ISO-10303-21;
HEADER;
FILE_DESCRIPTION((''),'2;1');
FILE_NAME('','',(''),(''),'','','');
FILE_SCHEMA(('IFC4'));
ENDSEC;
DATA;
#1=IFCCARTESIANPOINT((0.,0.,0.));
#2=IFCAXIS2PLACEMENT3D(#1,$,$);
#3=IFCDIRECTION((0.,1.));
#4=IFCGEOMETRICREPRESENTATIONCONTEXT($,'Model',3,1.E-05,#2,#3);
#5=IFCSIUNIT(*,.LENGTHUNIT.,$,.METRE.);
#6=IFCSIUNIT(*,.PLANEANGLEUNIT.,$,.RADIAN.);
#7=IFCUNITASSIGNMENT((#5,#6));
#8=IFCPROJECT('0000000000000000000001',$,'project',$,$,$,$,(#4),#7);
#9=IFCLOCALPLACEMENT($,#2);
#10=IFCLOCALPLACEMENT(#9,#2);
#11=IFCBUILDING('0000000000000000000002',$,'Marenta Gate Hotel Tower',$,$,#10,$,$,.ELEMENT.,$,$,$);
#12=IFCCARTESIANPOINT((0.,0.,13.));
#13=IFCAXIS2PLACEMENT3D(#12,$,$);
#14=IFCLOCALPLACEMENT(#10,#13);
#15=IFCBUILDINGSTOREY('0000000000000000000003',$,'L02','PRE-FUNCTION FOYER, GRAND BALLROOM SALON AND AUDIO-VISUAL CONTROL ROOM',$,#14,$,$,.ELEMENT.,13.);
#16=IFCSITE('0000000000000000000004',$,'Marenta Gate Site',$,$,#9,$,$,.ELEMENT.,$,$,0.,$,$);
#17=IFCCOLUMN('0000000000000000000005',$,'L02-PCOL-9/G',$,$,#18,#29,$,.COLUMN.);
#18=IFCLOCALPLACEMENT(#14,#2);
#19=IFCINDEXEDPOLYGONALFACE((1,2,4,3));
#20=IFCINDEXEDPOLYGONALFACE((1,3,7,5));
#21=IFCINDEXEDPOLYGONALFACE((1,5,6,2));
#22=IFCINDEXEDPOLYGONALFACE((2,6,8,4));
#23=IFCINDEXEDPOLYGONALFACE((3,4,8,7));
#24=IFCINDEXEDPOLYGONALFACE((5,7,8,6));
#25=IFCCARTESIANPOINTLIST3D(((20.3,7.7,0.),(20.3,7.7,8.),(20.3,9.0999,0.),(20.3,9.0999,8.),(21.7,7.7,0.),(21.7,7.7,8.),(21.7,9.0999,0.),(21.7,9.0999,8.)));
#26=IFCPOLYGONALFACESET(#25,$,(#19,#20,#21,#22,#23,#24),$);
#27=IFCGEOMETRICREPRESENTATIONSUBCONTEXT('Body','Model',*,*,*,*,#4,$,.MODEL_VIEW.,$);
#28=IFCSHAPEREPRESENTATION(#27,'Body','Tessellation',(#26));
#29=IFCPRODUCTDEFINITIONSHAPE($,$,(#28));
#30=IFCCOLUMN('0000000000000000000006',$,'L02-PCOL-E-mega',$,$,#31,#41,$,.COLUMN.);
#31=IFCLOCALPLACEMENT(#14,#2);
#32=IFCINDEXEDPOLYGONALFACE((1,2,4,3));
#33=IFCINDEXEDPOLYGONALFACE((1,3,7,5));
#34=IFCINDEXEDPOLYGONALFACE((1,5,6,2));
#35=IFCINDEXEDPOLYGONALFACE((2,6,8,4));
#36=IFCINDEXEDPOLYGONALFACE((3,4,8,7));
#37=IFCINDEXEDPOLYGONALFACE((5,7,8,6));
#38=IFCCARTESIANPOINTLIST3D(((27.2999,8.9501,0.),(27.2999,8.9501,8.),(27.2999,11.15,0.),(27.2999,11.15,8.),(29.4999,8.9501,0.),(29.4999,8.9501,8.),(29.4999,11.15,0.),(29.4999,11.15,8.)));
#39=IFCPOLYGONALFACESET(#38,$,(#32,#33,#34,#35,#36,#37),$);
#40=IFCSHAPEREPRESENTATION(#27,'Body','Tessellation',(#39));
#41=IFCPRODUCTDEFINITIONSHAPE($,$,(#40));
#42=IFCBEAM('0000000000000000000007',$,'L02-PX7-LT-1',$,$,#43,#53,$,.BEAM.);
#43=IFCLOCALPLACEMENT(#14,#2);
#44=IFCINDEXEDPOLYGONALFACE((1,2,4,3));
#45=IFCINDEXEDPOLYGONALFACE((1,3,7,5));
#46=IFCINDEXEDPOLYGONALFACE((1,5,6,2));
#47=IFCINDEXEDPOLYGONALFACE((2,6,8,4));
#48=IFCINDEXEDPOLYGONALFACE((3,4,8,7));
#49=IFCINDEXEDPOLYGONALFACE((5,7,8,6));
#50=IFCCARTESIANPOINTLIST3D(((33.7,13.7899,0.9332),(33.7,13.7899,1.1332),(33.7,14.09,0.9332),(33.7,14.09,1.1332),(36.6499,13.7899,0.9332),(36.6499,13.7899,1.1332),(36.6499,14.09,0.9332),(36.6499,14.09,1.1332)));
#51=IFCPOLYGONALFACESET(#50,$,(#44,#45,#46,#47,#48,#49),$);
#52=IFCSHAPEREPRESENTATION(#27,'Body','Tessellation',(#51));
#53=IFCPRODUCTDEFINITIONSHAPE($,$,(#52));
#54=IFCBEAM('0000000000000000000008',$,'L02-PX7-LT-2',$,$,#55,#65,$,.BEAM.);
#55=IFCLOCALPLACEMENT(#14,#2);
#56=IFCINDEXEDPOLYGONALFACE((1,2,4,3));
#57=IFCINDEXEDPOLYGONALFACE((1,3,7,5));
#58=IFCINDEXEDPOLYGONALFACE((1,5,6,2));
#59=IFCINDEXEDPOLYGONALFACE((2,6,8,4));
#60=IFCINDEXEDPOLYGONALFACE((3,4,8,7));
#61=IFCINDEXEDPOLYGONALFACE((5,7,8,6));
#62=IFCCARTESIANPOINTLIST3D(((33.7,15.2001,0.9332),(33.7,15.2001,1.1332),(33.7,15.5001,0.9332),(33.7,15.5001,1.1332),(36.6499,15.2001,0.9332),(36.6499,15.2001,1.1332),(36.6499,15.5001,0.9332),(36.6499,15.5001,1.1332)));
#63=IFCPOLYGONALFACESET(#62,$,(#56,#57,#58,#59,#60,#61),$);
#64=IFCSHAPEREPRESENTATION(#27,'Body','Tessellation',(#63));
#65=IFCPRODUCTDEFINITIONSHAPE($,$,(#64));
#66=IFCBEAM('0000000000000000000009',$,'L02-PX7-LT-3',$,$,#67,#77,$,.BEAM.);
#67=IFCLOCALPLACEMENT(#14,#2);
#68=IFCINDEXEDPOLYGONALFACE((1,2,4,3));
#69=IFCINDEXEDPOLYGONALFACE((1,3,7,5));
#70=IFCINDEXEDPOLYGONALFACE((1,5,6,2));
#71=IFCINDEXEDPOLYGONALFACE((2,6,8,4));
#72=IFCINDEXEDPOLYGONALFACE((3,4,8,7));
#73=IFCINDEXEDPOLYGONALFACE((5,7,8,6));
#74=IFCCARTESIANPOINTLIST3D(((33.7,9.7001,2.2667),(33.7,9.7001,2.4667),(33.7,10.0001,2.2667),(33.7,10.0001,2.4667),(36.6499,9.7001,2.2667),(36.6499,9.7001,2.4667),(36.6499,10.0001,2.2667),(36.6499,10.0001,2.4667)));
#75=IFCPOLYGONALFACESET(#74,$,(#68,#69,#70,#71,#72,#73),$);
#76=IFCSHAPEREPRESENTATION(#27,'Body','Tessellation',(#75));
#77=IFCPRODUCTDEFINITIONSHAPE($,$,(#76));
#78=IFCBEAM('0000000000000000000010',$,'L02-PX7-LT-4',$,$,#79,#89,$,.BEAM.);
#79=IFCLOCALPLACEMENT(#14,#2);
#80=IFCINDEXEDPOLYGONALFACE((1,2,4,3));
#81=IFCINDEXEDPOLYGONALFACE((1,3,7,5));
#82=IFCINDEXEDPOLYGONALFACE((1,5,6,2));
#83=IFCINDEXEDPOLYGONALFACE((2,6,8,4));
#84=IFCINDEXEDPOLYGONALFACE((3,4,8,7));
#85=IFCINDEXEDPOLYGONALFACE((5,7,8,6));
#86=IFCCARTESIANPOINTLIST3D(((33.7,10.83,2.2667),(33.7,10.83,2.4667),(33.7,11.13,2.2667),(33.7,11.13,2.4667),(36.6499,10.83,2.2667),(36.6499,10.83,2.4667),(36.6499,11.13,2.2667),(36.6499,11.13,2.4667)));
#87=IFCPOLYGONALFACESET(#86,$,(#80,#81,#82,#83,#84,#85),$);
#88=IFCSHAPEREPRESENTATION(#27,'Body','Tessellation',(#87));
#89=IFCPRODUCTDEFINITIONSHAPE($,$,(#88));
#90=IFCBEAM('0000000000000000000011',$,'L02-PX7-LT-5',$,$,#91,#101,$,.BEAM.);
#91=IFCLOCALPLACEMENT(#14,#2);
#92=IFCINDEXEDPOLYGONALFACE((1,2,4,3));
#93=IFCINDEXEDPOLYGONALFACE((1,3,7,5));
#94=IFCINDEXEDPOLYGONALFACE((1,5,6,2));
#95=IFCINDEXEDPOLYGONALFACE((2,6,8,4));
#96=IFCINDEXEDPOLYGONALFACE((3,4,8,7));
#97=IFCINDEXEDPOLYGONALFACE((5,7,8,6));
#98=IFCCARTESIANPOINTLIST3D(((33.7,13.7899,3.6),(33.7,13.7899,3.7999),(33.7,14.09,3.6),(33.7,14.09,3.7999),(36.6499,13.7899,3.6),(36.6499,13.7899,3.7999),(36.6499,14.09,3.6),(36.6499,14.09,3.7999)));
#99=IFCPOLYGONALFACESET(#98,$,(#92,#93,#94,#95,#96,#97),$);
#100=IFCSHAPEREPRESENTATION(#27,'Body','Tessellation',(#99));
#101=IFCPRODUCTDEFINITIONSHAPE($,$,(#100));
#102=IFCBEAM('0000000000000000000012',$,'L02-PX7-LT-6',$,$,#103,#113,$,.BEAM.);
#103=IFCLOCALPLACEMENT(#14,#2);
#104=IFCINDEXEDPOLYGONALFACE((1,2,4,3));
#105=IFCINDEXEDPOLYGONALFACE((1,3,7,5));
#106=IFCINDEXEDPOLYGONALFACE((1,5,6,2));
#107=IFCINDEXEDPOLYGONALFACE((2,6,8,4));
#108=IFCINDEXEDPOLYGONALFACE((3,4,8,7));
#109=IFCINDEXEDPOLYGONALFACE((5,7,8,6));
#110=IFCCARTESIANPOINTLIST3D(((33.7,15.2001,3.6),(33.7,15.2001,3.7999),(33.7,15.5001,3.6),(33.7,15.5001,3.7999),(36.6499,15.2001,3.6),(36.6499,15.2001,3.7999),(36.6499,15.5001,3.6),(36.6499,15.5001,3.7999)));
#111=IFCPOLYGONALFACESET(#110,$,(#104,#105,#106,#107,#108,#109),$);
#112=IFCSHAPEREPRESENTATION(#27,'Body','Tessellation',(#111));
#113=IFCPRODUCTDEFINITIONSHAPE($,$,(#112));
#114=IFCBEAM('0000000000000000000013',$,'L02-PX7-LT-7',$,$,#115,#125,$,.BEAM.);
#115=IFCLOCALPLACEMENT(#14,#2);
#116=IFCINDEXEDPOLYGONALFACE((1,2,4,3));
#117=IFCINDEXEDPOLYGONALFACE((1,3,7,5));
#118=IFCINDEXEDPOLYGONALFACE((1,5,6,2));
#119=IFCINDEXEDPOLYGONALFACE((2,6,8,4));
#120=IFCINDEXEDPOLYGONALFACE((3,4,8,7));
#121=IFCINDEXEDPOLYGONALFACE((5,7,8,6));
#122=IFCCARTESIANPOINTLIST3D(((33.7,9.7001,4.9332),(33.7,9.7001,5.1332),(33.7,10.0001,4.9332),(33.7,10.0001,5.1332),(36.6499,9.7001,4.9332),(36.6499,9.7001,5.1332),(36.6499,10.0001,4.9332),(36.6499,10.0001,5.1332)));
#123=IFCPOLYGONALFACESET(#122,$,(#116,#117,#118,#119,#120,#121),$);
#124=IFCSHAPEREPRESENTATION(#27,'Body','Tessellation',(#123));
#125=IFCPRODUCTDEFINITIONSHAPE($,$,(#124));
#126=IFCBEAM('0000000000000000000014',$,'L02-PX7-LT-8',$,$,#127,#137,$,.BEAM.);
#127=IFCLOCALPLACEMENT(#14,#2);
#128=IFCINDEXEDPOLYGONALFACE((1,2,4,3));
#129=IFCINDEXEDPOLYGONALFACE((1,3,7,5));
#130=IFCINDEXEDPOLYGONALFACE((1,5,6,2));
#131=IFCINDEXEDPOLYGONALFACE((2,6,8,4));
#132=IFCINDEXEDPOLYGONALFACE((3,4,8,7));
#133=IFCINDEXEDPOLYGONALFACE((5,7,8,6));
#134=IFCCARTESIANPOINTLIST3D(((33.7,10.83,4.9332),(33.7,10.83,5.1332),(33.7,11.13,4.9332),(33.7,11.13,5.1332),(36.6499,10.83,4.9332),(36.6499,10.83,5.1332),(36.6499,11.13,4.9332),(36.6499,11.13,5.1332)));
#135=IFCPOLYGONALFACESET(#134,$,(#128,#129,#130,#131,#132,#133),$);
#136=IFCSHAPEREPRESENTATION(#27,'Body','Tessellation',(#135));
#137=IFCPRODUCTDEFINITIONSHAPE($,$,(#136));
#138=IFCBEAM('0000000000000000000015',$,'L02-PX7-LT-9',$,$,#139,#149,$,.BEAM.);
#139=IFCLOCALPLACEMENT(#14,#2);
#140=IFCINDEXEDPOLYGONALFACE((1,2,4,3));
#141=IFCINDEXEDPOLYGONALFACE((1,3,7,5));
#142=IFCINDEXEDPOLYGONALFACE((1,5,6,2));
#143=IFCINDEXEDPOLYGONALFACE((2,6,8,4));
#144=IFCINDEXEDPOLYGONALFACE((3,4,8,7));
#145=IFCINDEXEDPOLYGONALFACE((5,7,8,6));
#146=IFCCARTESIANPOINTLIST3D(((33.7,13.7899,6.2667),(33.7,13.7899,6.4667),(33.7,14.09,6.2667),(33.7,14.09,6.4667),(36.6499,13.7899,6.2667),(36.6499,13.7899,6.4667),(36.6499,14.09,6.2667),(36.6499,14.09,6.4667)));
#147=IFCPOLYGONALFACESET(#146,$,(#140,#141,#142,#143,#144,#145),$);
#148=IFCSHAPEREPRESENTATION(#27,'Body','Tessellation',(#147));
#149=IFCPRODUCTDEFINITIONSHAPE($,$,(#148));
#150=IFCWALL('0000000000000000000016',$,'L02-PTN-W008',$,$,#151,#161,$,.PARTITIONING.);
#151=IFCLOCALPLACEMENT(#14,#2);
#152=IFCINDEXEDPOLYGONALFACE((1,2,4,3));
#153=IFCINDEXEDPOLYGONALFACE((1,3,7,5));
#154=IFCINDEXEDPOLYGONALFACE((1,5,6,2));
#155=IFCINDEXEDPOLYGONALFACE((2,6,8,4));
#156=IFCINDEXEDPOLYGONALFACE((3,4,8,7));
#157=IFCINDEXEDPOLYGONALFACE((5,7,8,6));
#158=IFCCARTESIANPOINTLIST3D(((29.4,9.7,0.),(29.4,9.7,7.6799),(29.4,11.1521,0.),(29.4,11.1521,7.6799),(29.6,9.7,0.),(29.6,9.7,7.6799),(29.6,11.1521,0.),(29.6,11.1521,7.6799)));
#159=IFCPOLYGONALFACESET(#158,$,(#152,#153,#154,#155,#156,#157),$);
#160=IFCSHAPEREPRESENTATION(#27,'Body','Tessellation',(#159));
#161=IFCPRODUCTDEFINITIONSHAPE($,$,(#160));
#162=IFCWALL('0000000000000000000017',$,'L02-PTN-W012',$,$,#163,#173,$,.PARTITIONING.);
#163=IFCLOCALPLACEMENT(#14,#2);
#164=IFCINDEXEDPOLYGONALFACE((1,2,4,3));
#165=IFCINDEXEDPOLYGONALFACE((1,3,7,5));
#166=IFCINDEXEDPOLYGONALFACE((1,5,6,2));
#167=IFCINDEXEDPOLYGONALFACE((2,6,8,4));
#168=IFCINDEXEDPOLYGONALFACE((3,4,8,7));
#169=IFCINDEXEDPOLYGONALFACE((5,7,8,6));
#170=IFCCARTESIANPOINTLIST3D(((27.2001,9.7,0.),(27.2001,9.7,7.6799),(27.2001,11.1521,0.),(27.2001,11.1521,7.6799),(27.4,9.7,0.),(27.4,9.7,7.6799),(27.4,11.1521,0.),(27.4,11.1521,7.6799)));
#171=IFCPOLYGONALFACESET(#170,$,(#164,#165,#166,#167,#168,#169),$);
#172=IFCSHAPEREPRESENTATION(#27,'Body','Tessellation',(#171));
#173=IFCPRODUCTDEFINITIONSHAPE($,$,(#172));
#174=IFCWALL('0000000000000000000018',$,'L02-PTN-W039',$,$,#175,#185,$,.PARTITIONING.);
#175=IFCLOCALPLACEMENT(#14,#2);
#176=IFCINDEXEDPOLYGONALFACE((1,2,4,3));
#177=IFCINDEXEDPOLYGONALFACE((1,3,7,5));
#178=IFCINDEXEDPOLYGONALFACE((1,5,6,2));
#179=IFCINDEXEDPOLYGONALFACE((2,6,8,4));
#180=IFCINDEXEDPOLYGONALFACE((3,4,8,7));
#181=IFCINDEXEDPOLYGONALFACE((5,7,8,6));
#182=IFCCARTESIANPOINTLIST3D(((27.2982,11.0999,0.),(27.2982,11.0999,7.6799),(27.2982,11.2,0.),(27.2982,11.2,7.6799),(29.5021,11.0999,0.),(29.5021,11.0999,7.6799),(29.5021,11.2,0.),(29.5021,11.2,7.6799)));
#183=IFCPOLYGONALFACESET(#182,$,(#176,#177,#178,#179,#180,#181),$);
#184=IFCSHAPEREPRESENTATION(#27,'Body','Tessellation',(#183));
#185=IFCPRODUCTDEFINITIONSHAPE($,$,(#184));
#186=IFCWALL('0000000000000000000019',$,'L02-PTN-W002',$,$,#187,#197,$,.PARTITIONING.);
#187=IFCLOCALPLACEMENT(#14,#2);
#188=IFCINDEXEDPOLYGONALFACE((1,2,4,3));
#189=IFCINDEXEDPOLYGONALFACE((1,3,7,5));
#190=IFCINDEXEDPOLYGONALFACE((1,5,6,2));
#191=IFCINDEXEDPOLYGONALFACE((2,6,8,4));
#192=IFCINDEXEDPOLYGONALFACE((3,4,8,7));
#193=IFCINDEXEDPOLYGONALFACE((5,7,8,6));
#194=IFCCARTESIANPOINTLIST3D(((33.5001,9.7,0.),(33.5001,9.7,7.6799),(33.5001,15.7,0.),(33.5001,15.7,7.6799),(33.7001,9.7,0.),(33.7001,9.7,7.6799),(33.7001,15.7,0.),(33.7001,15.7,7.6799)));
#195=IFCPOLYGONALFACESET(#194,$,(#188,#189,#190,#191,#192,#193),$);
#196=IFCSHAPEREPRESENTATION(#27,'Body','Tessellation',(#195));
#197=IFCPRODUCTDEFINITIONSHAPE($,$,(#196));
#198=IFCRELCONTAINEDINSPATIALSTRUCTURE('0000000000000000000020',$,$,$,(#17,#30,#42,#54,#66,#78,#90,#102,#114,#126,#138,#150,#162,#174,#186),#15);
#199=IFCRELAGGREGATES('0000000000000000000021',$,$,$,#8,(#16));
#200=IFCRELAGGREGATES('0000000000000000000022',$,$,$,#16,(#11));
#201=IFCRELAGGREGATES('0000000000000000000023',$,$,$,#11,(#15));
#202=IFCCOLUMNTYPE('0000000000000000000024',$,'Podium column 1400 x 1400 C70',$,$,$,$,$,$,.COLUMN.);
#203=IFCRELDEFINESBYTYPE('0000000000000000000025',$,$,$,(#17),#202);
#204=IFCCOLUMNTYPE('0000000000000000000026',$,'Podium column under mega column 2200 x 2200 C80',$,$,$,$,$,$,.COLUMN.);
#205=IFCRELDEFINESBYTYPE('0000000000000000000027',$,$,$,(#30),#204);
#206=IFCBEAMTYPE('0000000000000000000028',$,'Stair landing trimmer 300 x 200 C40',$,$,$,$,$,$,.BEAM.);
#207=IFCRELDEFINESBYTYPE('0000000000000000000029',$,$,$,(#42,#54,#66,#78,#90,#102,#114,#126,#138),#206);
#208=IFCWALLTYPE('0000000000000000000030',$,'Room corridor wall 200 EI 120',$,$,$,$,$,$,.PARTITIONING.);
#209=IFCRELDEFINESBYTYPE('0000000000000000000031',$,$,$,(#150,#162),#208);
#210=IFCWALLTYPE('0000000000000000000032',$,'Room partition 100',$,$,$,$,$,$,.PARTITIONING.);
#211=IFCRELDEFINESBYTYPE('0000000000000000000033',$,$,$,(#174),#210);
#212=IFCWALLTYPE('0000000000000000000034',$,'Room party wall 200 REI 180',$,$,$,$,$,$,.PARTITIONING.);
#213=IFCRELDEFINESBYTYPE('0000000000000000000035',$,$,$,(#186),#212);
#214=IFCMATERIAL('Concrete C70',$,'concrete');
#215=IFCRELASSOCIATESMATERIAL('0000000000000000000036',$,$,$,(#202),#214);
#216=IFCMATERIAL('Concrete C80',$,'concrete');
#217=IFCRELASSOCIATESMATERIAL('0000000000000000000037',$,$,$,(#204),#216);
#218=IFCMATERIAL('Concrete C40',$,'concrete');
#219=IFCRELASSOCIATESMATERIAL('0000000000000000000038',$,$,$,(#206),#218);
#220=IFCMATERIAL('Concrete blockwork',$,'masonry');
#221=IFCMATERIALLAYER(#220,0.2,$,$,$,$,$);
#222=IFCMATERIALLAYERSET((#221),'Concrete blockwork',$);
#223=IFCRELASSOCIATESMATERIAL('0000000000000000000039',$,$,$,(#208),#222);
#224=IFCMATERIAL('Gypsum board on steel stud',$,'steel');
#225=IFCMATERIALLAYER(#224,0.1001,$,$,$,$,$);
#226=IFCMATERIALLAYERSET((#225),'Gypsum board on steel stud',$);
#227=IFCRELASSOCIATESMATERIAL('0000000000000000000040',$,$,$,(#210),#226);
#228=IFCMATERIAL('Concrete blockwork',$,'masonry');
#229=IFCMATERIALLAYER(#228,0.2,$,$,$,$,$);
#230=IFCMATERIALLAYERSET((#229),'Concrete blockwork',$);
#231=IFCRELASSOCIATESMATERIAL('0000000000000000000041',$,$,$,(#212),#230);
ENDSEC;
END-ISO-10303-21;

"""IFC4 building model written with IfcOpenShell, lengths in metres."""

from ifc_helpers import new_model, si_unit, direction, frame, frame_2d, origin, origin_2d, place, context, subcontext, project, spatial, rectangle, extrude, material, layer, layer_set, material_profile, profile_set, type_object, element, save


model = new_model("IFC4")

# Units and contexts
model_context = context("Model", 3, precision=1e-05, world=origin(), true_north=direction((0.0, 1.0)))
body_context = subcontext(model_context, "Body", "Model", "MODEL_VIEW")
ifc_project = project(units=[si_unit("LENGTHUNIT", "METRE"), si_unit("PLANEANGLEUNIT", "RADIAN")], contexts=[model_context])

# Site, building, storey
site_placement = place(None, origin())
site = spatial("IfcSite", under=ifc_project, at=site_placement, Name="Marenta Gate Site", CompositionType="ELEMENT", RefElevation=0.0)
building_placement = place(site_placement, origin())
building = spatial("IfcBuilding", under=site, at=building_placement, Name="Marenta Gate Hotel Tower", CompositionType="ELEMENT")
storey_placement = place(building_placement, frame((0.0, 0.0, 13.0)))
storey = spatial("IfcBuildingStorey", under=building, at=storey_placement, Name="L02", Description="PRE-FUNCTION FOYER, GRAND BALLROOM SALON AND AUDIO-VISUAL CONTROL ROOM", CompositionType="ELEMENT", Elevation=13.0)

# Columns
ifc_material_1 = material(Name="Concrete C70", Category="concrete")
ifc_material_profile_1 = material_profile(ifc_material_1, rectangle(XDim=1.3999, YDim=1.3999, at=origin_2d()), Name="1400 x 1400")
ifc_profile_set_1 = profile_set([ifc_material_profile_1], Name="Concrete C70")
column_type_1 = type_object("IfcColumnType", Name="Podium column 1400 x 1400 C70", PredefinedType="COLUMN", material=ifc_profile_set_1)
column_1_placement = place(storey_placement, frame((21.0, 8.3999, 0.0), z_axis=(0.0, 0.0, 1.0), x_axis=(1.0, 0.0, 0.0)))
element("IfcColumn", 1, at=column_1_placement, inside=storey, type_object=column_type_1, Name="L02-PCOL-9/G", PredefinedType="COLUMN", context=body_context, shape_type="SweptSolid", body=[
    extrude(rectangle(XDim=1.3999, YDim=1.3999, at=origin_2d()), origin(), (0.0, 0.0, 1.0), 8.0),
])
ifc_material_2 = material(Name="Concrete C80", Category="concrete")
ifc_material_profile_2 = material_profile(ifc_material_2, rectangle(XDim=2.2, YDim=2.2, at=origin_2d()), Name="2200 x 2200")
ifc_profile_set_2 = profile_set([ifc_material_profile_2], Name="Concrete C80")
column_type_2 = type_object("IfcColumnType", Name="Podium column under mega column 2200 x 2200 C80", PredefinedType="COLUMN", material=ifc_profile_set_2)
column_2_placement = place(storey_placement, frame((28.3999, 10.05, 0.0), z_axis=(0.0, 0.0, 1.0), x_axis=(1.0, 0.0, 0.0)))
element("IfcColumn", 2, at=column_2_placement, inside=storey, type_object=column_type_2, Name="L02-PCOL-E-mega", PredefinedType="COLUMN", context=body_context, shape_type="SweptSolid", body=[
    extrude(rectangle(XDim=2.2, YDim=2.2, at=origin_2d()), origin(), (0.0, 0.0, 1.0), 8.0),
])

# Beams
ifc_material_3 = material(Name="Concrete C40", Category="concrete")
ifc_material_profile_3 = material_profile(ifc_material_3, rectangle(XDim=0.3, YDim=0.2, at=origin_2d()), Name="300 x 200")
ifc_profile_set_3 = profile_set([ifc_material_profile_3], Name="Concrete C40")
beam_type = type_object("IfcBeamType", Name="Stair landing trimmer 300 x 200 C40", PredefinedType="BEAM", material=ifc_profile_set_3)
for number, where, z_axis, x_axis, name in (
    (3, (33.7, 13.9399, 1.0332), (1.0, 0.0, 0.0), (0.0, 1.0, 0.0), "L02-PX7-LT-1"),
    (4, (33.7, 15.3501, 1.0332), (1.0, 0.0, 0.0), (0.0, 1.0, 0.0), "L02-PX7-LT-2"),
    (5, (33.7, 9.8501, 2.3667), (1.0, 0.0, 0.0), (0.0, 1.0, 0.0), "L02-PX7-LT-3"),
    (6, (33.7, 10.98, 2.3667), (1.0, 0.0, 0.0), (0.0, 1.0, 0.0), "L02-PX7-LT-4"),
    (7, (33.7, 13.9399, 3.7), (1.0, 0.0, 0.0), (0.0, 1.0, 0.0), "L02-PX7-LT-5"),
    (8, (33.7, 15.3501, 3.7), (1.0, 0.0, 0.0), (0.0, 1.0, 0.0), "L02-PX7-LT-6"),
    (9, (33.7, 9.8501, 5.0332), (1.0, 0.0, 0.0), (0.0, 1.0, 0.0), "L02-PX7-LT-7"),
    (10, (33.7, 10.98, 5.0332), (1.0, 0.0, 0.0), (0.0, 1.0, 0.0), "L02-PX7-LT-8"),
    (11, (33.7, 13.9399, 6.3667), (1.0, 0.0, 0.0), (0.0, 1.0, 0.0), "L02-PX7-LT-9"),
):
    element("IfcBeam", number, at=place(storey_placement, frame(where, z_axis=z_axis, x_axis=x_axis)), inside=storey, type_object=beam_type, Name=name, PredefinedType="BEAM", context=body_context, shape_type="SweptSolid", body=[
        extrude(rectangle(XDim=0.3, YDim=0.2, at=origin_2d()), origin(), (0.0, 0.0, 1.0), 2.95),
    ])

# Walls
ifc_material_4 = material(Name="Concrete blockwork", Category="masonry")
ifc_layer_1 = layer(ifc_material_4, 0.2)
ifc_layer_set_1 = layer_set([ifc_layer_1], Name="Concrete blockwork")
wall_type_1 = type_object("IfcWallType", Name="Room corridor wall 200 EI 120", PredefinedType="PARTITIONING", material=ifc_layer_set_1)
for number, where, z_axis, x_axis, name in (
    (12, (29.5, 9.7, 0.0), (0.0, 0.0, 1.0), (0.0, 1.0, 0.0), "L02-PTN-W008"),
    (13, (27.3, 9.7, 0.0), (0.0, 0.0, 1.0), (0.0, 1.0, 0.0), "L02-PTN-W012"),
):
    element("IfcWall", number, at=place(storey_placement, frame(where, z_axis=z_axis, x_axis=x_axis)), inside=storey, type_object=wall_type_1, Name=name, PredefinedType="PARTITIONING", context=body_context, shape_type="SweptSolid", body=[
        extrude(rectangle(XDim=1.4521, YDim=0.2, at=frame_2d((0.7261, 0.0))), origin(), (0.0, 0.0, 1.0), 7.6799),
    ])

# Walls
ifc_material_5 = material(Name="Gypsum board on steel stud", Category="steel")
ifc_layer_2 = layer(ifc_material_5, 0.1001)
ifc_layer_set_2 = layer_set([ifc_layer_2], Name="Gypsum board on steel stud")
wall_type_2 = type_object("IfcWallType", Name="Room partition 100", PredefinedType="PARTITIONING", material=ifc_layer_set_2)
wall_1_placement = place(storey_placement, frame((27.2981, 11.1499, 0.0), z_axis=(0.0, 0.0, 1.0), x_axis=(1.0, 0.0, 0.0)))
element("IfcWall", 14, at=wall_1_placement, inside=storey, type_object=wall_type_2, Name="L02-PTN-W039", PredefinedType="PARTITIONING", context=body_context, shape_type="SweptSolid", body=[
    extrude(rectangle(XDim=2.2039, YDim=0.1001, at=frame_2d((1.1021, 0.0))), origin(), (0.0, 0.0, 1.0), 7.6799),
])
ifc_material_6 = material(Name="Concrete blockwork", Category="masonry")
ifc_layer_3 = layer(ifc_material_6, 0.2)
ifc_layer_set_3 = layer_set([ifc_layer_3], Name="Concrete blockwork")
wall_type_3 = type_object("IfcWallType", Name="Room party wall 200 REI 180", PredefinedType="PARTITIONING", material=ifc_layer_set_3)
wall_2_placement = place(storey_placement, frame((33.6001, 9.7, 0.0), z_axis=(0.0, 0.0, 1.0), x_axis=(0.0, 1.0, 0.0)))
element("IfcWall", 15, at=wall_2_placement, inside=storey, type_object=wall_type_3, Name="L02-PTN-W002", PredefinedType="PARTITIONING", context=body_context, shape_type="SweptSolid", body=[
    extrude(rectangle(XDim=6.0, YDim=0.2, at=frame_2d((3.0, 0.0))), origin(), (0.0, 0.0, 1.0), 7.6799),
])

save(model, "model.ifc")
